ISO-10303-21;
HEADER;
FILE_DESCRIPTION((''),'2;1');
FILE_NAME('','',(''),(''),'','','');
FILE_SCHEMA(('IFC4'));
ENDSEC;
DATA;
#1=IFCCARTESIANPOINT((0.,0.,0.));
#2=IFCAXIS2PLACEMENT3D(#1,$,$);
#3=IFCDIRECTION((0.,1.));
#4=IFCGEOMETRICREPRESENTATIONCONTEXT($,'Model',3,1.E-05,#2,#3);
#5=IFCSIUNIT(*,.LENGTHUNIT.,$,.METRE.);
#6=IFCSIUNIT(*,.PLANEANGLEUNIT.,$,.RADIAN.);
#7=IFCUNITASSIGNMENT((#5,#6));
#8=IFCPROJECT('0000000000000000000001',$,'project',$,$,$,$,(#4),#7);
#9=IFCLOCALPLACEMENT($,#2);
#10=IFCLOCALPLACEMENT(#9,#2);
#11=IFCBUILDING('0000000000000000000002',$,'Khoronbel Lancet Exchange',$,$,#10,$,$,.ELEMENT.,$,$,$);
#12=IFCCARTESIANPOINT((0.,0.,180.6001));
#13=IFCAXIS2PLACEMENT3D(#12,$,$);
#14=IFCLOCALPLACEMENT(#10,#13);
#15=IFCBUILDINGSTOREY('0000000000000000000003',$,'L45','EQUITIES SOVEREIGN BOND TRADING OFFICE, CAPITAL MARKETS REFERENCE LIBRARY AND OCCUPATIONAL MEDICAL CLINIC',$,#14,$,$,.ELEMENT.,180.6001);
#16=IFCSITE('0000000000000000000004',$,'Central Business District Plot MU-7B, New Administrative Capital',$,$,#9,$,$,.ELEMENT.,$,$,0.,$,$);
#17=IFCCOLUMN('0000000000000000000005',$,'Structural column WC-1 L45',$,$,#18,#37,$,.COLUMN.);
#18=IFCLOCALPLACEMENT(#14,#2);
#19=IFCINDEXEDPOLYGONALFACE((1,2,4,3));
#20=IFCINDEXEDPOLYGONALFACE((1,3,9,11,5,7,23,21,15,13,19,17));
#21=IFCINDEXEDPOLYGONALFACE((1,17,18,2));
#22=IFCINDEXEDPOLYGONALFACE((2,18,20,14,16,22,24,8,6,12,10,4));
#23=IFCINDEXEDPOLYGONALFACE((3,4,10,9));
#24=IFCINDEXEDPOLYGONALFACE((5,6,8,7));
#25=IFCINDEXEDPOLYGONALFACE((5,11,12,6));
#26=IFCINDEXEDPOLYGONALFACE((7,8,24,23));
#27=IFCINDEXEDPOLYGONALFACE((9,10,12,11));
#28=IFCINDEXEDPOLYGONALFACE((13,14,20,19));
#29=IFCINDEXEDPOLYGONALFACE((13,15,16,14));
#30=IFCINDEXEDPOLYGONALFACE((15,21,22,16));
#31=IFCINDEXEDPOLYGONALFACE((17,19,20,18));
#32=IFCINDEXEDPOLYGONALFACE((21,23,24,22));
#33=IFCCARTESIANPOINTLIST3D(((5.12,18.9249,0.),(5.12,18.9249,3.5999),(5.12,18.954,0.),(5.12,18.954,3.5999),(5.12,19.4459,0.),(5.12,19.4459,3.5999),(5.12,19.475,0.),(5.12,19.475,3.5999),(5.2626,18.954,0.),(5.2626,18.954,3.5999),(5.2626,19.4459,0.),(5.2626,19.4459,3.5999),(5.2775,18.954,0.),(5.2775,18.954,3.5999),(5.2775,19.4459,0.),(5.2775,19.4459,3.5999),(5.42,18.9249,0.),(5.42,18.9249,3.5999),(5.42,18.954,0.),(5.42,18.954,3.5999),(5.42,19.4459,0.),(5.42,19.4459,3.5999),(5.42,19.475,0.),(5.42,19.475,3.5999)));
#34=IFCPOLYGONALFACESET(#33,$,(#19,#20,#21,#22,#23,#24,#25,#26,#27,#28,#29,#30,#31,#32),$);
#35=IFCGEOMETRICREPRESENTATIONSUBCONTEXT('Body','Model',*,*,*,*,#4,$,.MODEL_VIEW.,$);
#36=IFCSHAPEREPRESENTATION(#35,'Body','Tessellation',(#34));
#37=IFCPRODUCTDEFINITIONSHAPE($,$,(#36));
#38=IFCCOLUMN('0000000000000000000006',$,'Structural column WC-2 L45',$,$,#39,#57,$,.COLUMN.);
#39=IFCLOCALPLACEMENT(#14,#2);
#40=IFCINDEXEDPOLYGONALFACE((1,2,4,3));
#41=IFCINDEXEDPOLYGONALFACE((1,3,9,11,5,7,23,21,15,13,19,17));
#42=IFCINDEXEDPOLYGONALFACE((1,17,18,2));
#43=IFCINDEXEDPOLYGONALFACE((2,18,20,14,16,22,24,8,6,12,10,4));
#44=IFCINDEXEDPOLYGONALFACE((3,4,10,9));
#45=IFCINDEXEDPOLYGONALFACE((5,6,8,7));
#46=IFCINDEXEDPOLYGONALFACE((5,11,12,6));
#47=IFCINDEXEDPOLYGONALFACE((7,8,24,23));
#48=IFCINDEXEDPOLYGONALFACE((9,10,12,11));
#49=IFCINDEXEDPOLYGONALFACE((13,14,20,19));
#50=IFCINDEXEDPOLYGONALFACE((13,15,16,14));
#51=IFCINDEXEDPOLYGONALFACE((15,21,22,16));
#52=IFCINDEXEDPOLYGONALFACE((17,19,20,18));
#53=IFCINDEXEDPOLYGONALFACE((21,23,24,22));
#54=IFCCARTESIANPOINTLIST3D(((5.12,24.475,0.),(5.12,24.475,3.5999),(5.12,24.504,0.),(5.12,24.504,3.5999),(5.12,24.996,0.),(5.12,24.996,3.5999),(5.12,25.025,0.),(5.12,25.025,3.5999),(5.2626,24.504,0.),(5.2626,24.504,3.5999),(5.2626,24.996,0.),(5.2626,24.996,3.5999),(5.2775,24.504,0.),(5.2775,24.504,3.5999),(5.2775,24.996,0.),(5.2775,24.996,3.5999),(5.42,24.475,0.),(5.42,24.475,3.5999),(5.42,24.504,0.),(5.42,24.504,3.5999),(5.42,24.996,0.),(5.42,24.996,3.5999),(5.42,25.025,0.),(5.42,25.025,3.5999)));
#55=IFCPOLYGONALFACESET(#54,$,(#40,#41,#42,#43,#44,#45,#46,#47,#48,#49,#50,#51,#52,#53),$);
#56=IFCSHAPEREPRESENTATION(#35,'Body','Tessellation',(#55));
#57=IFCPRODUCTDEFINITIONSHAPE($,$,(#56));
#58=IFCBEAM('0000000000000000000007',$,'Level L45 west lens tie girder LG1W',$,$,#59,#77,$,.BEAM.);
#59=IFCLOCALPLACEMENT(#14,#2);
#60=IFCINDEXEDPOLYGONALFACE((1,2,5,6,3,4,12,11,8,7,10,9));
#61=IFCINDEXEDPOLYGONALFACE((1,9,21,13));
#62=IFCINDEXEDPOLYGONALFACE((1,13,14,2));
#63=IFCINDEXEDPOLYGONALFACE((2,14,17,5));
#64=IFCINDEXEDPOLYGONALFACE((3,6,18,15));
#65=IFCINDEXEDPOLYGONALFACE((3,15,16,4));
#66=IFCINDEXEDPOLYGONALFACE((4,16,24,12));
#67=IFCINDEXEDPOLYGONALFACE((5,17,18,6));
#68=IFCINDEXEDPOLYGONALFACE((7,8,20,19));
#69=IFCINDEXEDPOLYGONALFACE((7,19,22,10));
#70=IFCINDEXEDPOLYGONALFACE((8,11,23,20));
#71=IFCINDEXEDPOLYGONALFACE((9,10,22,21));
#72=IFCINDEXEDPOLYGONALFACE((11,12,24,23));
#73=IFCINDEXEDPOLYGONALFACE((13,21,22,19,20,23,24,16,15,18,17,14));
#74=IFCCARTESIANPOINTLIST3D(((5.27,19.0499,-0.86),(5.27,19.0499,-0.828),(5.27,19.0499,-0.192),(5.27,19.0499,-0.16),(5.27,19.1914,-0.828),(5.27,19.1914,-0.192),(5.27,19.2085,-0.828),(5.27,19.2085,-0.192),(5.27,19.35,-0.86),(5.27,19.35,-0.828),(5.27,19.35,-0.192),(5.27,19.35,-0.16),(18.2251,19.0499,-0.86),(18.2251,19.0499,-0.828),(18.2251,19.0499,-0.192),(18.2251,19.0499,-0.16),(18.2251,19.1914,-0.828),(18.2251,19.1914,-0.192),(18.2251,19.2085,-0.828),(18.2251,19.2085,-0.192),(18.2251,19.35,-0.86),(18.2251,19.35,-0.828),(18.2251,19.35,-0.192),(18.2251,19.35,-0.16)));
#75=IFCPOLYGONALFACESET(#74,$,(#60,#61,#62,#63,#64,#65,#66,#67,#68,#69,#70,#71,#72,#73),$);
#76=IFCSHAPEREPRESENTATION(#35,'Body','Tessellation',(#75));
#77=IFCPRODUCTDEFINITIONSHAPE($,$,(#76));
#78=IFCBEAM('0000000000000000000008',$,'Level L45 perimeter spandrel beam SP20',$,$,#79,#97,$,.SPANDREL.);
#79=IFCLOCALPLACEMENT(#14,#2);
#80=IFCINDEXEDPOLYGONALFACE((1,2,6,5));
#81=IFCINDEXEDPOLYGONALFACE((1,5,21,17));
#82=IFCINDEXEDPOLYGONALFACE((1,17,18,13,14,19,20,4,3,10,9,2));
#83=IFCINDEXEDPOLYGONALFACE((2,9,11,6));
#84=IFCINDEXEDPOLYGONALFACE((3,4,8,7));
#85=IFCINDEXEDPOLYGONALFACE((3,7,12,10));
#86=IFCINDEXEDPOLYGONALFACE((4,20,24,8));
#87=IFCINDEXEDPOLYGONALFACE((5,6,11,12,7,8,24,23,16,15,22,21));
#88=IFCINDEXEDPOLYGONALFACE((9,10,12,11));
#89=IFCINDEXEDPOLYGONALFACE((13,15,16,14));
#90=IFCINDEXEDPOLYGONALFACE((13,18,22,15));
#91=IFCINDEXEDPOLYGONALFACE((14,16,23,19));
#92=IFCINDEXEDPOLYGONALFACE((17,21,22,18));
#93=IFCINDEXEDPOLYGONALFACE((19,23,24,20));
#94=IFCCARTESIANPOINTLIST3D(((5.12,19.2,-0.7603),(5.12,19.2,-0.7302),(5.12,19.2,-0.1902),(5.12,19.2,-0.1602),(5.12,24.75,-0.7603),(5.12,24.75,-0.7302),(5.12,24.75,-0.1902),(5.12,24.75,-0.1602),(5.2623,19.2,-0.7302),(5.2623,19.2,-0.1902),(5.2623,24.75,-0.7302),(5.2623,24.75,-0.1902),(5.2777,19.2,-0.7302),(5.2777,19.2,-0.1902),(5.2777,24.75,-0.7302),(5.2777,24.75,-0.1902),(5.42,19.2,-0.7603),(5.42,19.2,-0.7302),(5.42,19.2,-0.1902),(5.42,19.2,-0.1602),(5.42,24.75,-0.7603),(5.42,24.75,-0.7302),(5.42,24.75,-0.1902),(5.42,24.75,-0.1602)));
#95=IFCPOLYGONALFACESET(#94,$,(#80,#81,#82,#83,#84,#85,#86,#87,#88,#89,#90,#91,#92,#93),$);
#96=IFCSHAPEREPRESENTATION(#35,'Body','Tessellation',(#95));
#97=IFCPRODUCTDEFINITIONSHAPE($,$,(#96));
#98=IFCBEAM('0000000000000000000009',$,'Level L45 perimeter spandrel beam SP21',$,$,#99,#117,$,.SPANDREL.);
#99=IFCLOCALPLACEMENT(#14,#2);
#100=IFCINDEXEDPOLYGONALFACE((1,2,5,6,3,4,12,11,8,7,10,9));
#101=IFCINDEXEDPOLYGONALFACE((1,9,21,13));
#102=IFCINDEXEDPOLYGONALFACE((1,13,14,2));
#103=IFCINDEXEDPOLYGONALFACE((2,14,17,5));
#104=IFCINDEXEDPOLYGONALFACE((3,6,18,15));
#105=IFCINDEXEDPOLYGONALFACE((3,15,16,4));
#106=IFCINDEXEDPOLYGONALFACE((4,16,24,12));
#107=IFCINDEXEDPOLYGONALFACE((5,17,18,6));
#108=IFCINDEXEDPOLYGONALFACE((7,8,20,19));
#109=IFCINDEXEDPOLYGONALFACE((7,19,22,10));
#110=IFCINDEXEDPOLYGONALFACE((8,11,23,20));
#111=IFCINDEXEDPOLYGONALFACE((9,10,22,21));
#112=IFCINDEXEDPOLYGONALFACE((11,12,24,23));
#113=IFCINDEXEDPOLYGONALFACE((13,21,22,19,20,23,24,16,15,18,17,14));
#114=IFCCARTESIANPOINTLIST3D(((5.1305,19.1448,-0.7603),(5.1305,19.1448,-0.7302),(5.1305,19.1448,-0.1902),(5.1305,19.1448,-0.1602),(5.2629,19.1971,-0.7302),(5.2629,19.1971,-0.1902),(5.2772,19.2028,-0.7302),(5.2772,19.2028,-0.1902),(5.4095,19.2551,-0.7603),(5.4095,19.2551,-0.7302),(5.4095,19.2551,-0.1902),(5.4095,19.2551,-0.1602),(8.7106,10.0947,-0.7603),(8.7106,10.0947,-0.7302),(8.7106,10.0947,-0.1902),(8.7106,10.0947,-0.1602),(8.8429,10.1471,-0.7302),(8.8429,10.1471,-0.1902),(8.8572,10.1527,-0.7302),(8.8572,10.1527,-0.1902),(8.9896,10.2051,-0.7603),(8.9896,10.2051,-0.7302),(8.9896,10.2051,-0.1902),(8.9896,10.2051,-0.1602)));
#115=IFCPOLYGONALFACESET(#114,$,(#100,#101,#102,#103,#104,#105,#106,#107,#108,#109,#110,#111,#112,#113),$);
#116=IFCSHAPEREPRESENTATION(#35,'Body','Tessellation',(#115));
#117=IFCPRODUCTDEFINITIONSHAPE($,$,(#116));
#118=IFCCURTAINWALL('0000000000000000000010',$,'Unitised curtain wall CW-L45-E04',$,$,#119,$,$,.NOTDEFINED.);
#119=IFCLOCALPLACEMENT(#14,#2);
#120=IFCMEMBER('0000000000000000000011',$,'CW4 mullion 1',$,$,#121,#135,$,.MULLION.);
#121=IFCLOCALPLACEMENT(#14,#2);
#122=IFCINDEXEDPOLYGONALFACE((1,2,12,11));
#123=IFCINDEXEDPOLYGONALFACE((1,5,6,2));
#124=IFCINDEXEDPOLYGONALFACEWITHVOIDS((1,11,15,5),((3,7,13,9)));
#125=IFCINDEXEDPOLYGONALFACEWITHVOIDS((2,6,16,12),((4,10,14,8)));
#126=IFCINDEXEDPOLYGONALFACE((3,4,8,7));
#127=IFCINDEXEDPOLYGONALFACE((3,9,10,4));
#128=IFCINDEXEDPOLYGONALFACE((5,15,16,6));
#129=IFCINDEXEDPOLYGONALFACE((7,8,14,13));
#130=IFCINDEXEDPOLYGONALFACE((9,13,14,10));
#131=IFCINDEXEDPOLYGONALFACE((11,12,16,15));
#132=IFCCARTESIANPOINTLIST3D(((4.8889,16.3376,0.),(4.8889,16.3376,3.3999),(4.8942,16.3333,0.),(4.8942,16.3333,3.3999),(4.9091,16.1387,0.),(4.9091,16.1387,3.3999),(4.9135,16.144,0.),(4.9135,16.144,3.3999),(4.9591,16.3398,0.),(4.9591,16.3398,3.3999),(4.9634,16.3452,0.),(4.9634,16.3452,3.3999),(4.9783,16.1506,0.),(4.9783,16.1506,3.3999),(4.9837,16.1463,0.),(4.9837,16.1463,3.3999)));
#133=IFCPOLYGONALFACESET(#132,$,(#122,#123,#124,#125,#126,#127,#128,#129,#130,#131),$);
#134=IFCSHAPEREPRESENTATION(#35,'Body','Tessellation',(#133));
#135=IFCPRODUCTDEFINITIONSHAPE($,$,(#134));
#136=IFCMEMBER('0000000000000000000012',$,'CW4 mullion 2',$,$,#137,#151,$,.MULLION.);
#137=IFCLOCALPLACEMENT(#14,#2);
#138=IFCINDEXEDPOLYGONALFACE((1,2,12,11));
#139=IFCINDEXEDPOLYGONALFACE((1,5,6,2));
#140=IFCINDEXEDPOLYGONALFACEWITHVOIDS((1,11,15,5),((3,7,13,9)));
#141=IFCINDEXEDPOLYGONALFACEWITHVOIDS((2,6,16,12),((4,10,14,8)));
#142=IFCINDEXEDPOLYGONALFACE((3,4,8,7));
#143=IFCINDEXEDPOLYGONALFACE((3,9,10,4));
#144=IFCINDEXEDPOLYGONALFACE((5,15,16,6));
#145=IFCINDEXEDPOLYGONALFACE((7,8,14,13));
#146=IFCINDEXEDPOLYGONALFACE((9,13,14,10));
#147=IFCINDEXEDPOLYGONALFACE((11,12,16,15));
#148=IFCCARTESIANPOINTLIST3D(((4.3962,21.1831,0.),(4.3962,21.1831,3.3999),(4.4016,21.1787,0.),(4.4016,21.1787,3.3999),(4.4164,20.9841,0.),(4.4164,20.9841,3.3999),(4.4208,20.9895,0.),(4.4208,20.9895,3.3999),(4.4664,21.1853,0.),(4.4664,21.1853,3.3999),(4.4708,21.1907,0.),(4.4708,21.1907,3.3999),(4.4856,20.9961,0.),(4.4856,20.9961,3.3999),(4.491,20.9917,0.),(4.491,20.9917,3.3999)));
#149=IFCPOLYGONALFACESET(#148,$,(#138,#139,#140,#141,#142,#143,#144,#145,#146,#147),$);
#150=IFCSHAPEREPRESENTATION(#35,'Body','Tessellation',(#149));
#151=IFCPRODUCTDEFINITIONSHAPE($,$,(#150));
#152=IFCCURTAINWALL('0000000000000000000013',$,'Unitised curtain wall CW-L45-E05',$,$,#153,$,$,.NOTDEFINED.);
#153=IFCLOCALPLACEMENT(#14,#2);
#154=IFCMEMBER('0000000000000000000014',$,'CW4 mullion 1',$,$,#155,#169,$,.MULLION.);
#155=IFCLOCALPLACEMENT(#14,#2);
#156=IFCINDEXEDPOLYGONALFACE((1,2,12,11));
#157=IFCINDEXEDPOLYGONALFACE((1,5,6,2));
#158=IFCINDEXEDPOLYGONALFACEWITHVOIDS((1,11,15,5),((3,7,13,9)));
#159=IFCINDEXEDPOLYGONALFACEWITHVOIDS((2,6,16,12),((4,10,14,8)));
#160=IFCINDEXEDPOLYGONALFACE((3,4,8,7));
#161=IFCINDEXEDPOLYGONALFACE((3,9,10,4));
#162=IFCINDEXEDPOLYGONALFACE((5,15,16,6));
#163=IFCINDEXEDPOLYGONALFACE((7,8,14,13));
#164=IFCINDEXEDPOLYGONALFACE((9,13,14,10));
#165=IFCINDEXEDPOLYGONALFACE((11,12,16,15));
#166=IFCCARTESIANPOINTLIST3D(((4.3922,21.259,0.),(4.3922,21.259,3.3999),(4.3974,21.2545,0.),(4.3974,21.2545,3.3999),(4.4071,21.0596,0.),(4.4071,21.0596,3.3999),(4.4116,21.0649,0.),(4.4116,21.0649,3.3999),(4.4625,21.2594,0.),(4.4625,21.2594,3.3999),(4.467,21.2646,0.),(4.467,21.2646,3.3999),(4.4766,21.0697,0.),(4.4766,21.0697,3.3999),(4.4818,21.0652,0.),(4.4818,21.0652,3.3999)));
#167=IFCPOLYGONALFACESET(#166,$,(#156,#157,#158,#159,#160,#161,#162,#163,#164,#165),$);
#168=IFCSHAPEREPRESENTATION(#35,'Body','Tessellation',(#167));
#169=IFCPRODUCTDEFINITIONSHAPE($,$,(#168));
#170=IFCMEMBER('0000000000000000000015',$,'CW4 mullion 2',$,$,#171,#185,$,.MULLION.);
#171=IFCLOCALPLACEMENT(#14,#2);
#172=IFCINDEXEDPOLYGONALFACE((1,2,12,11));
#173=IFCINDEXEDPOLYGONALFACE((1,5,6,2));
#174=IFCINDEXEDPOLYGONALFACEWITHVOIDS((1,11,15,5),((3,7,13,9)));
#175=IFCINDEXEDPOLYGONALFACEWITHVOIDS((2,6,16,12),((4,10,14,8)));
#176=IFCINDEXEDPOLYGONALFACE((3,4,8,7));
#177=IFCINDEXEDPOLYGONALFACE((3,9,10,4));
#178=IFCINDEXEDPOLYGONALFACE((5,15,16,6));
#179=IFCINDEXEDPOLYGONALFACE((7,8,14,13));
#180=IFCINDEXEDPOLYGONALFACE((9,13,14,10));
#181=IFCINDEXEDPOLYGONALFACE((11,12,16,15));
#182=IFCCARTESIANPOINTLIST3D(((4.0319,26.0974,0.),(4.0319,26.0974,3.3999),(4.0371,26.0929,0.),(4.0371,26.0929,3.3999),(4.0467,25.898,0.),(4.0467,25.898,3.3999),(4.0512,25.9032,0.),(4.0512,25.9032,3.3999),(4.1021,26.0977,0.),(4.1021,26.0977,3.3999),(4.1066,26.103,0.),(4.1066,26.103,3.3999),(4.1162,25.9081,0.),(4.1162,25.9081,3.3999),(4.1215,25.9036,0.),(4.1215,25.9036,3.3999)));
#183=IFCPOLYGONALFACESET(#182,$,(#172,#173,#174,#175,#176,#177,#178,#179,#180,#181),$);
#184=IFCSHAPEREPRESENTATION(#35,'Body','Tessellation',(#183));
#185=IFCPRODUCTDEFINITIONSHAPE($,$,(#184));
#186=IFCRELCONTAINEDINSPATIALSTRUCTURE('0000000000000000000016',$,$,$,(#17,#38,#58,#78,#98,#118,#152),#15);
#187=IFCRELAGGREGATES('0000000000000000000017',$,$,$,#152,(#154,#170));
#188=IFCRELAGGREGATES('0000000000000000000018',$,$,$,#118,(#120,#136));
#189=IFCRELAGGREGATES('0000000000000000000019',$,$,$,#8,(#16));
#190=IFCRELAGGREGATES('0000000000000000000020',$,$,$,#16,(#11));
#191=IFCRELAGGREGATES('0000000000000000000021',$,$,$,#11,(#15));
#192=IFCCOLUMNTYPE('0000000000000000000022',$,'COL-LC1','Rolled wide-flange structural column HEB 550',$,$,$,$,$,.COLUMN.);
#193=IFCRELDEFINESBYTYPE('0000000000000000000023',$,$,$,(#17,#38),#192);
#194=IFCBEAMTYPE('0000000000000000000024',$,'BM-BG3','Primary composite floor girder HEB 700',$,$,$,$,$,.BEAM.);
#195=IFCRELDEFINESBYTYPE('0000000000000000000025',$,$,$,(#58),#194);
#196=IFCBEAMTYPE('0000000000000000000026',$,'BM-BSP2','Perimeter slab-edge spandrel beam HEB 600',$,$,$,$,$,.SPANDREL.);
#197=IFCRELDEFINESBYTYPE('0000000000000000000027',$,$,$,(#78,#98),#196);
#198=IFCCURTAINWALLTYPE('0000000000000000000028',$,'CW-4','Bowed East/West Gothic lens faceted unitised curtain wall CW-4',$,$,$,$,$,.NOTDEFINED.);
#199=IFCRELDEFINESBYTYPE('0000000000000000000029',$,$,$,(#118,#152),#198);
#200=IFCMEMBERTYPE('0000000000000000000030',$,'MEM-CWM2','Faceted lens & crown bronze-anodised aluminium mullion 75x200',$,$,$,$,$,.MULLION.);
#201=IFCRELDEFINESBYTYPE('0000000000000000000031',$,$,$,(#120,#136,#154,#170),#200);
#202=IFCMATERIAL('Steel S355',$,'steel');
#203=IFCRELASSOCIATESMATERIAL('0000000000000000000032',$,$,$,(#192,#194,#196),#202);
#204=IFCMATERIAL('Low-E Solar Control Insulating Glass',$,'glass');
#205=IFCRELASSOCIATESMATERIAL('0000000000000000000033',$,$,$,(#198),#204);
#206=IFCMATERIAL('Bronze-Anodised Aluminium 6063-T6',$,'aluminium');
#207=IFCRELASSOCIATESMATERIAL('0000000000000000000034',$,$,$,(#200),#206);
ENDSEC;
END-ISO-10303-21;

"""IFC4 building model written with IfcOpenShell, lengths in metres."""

from ifc_helpers import new_model, si_unit, direction, frame, origin, origin_2d, place, context, subcontext, project, spatial, hollow_rectangle, i_section, extrude, material, material_profile, profile_set, type_object, element, aggregate, save


model = new_model("IFC4")

# Units and contexts
model_context = context("Model", 3, precision=1e-05, world=origin(), true_north=direction((0.0, 1.0)))
body_context = subcontext(model_context, "Body", "Model", "MODEL_VIEW")
ifc_project = project(units=[si_unit("LENGTHUNIT", "METRE"), si_unit("PLANEANGLEUNIT", "RADIAN")], contexts=[model_context])

# Site, building, storey
site_placement = place(None, origin())
site = spatial("IfcSite", under=ifc_project, at=site_placement, Name="Central Business District Plot MU-7B, New Administrative Capital", CompositionType="ELEMENT", RefElevation=0.0)
building_placement = place(site_placement, origin())
building = spatial("IfcBuilding", under=site, at=building_placement, Name="Khoronbel Lancet Exchange", CompositionType="ELEMENT")
storey_placement = place(building_placement, frame((0.0, 0.0, 180.6001)))
storey = spatial("IfcBuildingStorey", under=building, at=storey_placement, Name="L45", Description="EQUITIES SOVEREIGN BOND TRADING OFFICE, CAPITAL MARKETS REFERENCE LIBRARY AND OCCUPATIONAL MEDICAL CLINIC", CompositionType="ELEMENT", Elevation=180.6001)

# Columns
ifc_material_1 = material(Name="Steel S355", Category="steel")
ifc_material_profile_1 = material_profile(ifc_material_1, i_section(OverallWidth=0.3, OverallDepth=0.55, WebThickness=0.0149, FlangeThickness=0.0291, at=origin_2d()), Name="HEB 550")
ifc_profile_set_1 = profile_set([ifc_material_profile_1], Name="Steel S355")
column_type = type_object("IfcColumnType", Name="COL-LC1", Description="Rolled wide-flange structural column HEB 550", PredefinedType="COLUMN", material=ifc_profile_set_1)
for number, where, z_axis, x_axis, name in (
    (1, (5.27, 19.2, 0.0), (0.0, 0.0, 1.0), (1.0, 0.0, 0.0), "Structural column WC-1 L45"),
    (2, (5.27, 24.75, 0.0), (0.0, 0.0, 1.0), (1.0, 0.0, 0.0), "Structural column WC-2 L45"),
):
    element("IfcColumn", number, at=place(storey_placement, frame(where, z_axis=z_axis, x_axis=x_axis)), inside=storey, type_object=column_type, Name=name, PredefinedType="COLUMN", context=body_context, shape_type="SweptSolid", body=[
        extrude(i_section(OverallWidth=0.3, OverallDepth=0.55, WebThickness=0.0149, FlangeThickness=0.0291, at=origin_2d()), origin(), (0.0, 0.0, 1.0), 3.5999),
    ])

# Beams
ifc_material_profile_2 = material_profile(ifc_material_1, i_section(OverallWidth=0.3, OverallDepth=0.7, WebThickness=0.0171, FlangeThickness=0.032, at=origin_2d()), Name="HEB 700")
ifc_profile_set_2 = profile_set([ifc_material_profile_2], Name="Steel S355")
beam_type_1 = type_object("IfcBeamType", Name="BM-BG3", Description="Primary composite floor girder HEB 700", PredefinedType="BEAM", material=ifc_profile_set_2)
beam_1_placement = place(storey_placement, frame((5.27, 19.2, -0.51), z_axis=(1.0, 0.0, 0.0), x_axis=(0.0, 1.0, 0.0)))
element("IfcBeam", 3, at=beam_1_placement, inside=storey, type_object=beam_type_1, Name="Level L45 west lens tie girder LG1W", PredefinedType="BEAM", context=body_context, shape_type="SweptSolid", body=[
    extrude(i_section(OverallWidth=0.3, OverallDepth=0.7, WebThickness=0.0171, FlangeThickness=0.032, at=origin_2d()), origin(), (0.0, 0.0, 1.0), 12.9551),
])
ifc_material_profile_3 = material_profile(ifc_material_1, i_section(OverallWidth=0.3, OverallDepth=0.6001, WebThickness=0.0154, FlangeThickness=0.03, at=origin_2d()), Name="HEB 600")
ifc_profile_set_3 = profile_set([ifc_material_profile_3], Name="Steel S355")
beam_type_2 = type_object("IfcBeamType", Name="BM-BSP2", Description="Perimeter slab-edge spandrel beam HEB 600", PredefinedType="SPANDREL", material=ifc_profile_set_3)
beam_2_placement = place(storey_placement, frame((5.27, 24.75, -0.4602), z_axis=(0.0, -1.0, 0.0), x_axis=(1.0, 0.0, 0.0)))
element("IfcBeam", 4, at=beam_2_placement, inside=storey, type_object=beam_type_2, Name="Level L45 perimeter spandrel beam SP20", PredefinedType="SPANDREL", context=body_context, shape_type="SweptSolid", body=[
    extrude(i_section(OverallWidth=0.3, OverallDepth=0.6001, WebThickness=0.0154, FlangeThickness=0.03, at=origin_2d()), origin(), (0.0, 0.0, 1.0), 5.55),
])
beam_3_placement = place(storey_placement, frame((5.27, 19.2, -0.4602), z_axis=(0.36785, -0.929885, 0.0), x_axis=(0.929885, 0.36785, 0.0)))
element("IfcBeam", 5, at=beam_3_placement, inside=storey, type_object=beam_type_2, Name="Level L45 perimeter spandrel beam SP21", PredefinedType="SPANDREL", context=body_context, shape_type="SweptSolid", body=[
    extrude(i_section(OverallWidth=0.3, OverallDepth=0.6001, WebThickness=0.0154, FlangeThickness=0.03, at=origin_2d()), origin(), (0.0, 0.0, 1.0), 9.7324),
])

# Curtain walls, members
ifc_material_2 = material(Name="Low-E Solar Control Insulating Glass", Category="glass")
curtain_wall_type = type_object("IfcCurtainWallType", Name="CW-4", Description="Bowed East/West Gothic lens faceted unitised curtain wall CW-4", PredefinedType="NOTDEFINED", material=ifc_material_2)
curtain_wall_1_placement = place(storey_placement, origin())
curtain_wall_1 = element("IfcCurtainWall", 6, at=curtain_wall_1_placement, inside=storey, type_object=curtain_wall_type, Name="Unitised curtain wall CW-L45-E04", PredefinedType="NOTDEFINED")
ifc_material_3 = material(Name="Bronze-Anodised Aluminium 6063-T6", Category="aluminium")
ifc_material_profile_4 = material_profile(ifc_material_3, hollow_rectangle(XDim=0.075, YDim=0.2, WallThickness=0.0049, at=origin_2d()), Name="ALU MULLION 75x200")
ifc_profile_set_4 = profile_set([ifc_material_profile_4], Name="Bronze-Anodised Aluminium 6063-T6")
member_type_1 = type_object("IfcMemberType", Name="MEM-CWM2", Description="Faceted lens & crown bronze-anodised aluminium mullion 75x200", PredefinedType="MULLION", material=ifc_profile_set_4)
member_1_placement = place(storey_placement, frame((4.9363, 16.2419, 0.0), z_axis=(0.0, 0.0, 1.0), x_axis=(-0.99487, -0.101165, 0.0)))
member_1 = element("IfcMember", 7, at=member_1_placement, type_object=member_type_1, Name="CW4 mullion 1", PredefinedType="MULLION", context=body_context, shape_type="SweptSolid", body=[
    extrude(hollow_rectangle(XDim=0.075, YDim=0.2, WallThickness=0.0049, at=origin_2d()), origin(), (0.0, 0.0, 1.0), 3.3999),
])
member_2_placement = place(storey_placement, frame((4.4436, 21.0874, 0.0), z_axis=(0.0, 0.0, 1.0), x_axis=(-0.99487, -0.101165, 0.0)))
member_2 = element("IfcMember", 8, at=member_2_placement, type_object=member_type_1, Name="CW4 mullion 2", PredefinedType="MULLION", context=body_context, shape_type="SweptSolid", body=[
    extrude(hollow_rectangle(XDim=0.075, YDim=0.2, WallThickness=0.0049, at=origin_2d()), origin(), (0.0, 0.0, 1.0), 3.3999),
])
curtain_wall_2_placement = place(storey_placement, origin())
curtain_wall_2 = element("IfcCurtainWall", 9, at=curtain_wall_2_placement, inside=storey, type_object=curtain_wall_type, Name="Unitised curtain wall CW-L45-E05", PredefinedType="NOTDEFINED")
member_3_placement = place(storey_placement, frame((4.437, 21.1621, 0.0), z_axis=(0.0, 0.0, 1.0), x_axis=(-0.99724, -0.074245, 0.0)))
member_3 = element("IfcMember", 10, at=member_3_placement, type_object=member_type_1, Name="CW4 mullion 1", PredefinedType="MULLION", context=body_context, shape_type="SweptSolid", body=[
    extrude(hollow_rectangle(XDim=0.075, YDim=0.2, WallThickness=0.0049, at=origin_2d()), origin(), (0.0, 0.0, 1.0), 3.3999),
])
member_4_placement = place(storey_placement, frame((4.0767, 26.0005, 0.0), z_axis=(0.0, 0.0, 1.0), x_axis=(-0.99724, -0.074245, 0.0)))
member_4 = element("IfcMember", 11, at=member_4_placement, type_object=member_type_1, Name="CW4 mullion 2", PredefinedType="MULLION", context=body_context, shape_type="SweptSolid", body=[
    extrude(hollow_rectangle(XDim=0.075, YDim=0.2, WallThickness=0.0049, at=origin_2d()), origin(), (0.0, 0.0, 1.0), 3.3999),
])

aggregate(curtain_wall_2, [member_3, member_4])
aggregate(curtain_wall_1, [member_1, member_2])

save(model, "model.ifc")
